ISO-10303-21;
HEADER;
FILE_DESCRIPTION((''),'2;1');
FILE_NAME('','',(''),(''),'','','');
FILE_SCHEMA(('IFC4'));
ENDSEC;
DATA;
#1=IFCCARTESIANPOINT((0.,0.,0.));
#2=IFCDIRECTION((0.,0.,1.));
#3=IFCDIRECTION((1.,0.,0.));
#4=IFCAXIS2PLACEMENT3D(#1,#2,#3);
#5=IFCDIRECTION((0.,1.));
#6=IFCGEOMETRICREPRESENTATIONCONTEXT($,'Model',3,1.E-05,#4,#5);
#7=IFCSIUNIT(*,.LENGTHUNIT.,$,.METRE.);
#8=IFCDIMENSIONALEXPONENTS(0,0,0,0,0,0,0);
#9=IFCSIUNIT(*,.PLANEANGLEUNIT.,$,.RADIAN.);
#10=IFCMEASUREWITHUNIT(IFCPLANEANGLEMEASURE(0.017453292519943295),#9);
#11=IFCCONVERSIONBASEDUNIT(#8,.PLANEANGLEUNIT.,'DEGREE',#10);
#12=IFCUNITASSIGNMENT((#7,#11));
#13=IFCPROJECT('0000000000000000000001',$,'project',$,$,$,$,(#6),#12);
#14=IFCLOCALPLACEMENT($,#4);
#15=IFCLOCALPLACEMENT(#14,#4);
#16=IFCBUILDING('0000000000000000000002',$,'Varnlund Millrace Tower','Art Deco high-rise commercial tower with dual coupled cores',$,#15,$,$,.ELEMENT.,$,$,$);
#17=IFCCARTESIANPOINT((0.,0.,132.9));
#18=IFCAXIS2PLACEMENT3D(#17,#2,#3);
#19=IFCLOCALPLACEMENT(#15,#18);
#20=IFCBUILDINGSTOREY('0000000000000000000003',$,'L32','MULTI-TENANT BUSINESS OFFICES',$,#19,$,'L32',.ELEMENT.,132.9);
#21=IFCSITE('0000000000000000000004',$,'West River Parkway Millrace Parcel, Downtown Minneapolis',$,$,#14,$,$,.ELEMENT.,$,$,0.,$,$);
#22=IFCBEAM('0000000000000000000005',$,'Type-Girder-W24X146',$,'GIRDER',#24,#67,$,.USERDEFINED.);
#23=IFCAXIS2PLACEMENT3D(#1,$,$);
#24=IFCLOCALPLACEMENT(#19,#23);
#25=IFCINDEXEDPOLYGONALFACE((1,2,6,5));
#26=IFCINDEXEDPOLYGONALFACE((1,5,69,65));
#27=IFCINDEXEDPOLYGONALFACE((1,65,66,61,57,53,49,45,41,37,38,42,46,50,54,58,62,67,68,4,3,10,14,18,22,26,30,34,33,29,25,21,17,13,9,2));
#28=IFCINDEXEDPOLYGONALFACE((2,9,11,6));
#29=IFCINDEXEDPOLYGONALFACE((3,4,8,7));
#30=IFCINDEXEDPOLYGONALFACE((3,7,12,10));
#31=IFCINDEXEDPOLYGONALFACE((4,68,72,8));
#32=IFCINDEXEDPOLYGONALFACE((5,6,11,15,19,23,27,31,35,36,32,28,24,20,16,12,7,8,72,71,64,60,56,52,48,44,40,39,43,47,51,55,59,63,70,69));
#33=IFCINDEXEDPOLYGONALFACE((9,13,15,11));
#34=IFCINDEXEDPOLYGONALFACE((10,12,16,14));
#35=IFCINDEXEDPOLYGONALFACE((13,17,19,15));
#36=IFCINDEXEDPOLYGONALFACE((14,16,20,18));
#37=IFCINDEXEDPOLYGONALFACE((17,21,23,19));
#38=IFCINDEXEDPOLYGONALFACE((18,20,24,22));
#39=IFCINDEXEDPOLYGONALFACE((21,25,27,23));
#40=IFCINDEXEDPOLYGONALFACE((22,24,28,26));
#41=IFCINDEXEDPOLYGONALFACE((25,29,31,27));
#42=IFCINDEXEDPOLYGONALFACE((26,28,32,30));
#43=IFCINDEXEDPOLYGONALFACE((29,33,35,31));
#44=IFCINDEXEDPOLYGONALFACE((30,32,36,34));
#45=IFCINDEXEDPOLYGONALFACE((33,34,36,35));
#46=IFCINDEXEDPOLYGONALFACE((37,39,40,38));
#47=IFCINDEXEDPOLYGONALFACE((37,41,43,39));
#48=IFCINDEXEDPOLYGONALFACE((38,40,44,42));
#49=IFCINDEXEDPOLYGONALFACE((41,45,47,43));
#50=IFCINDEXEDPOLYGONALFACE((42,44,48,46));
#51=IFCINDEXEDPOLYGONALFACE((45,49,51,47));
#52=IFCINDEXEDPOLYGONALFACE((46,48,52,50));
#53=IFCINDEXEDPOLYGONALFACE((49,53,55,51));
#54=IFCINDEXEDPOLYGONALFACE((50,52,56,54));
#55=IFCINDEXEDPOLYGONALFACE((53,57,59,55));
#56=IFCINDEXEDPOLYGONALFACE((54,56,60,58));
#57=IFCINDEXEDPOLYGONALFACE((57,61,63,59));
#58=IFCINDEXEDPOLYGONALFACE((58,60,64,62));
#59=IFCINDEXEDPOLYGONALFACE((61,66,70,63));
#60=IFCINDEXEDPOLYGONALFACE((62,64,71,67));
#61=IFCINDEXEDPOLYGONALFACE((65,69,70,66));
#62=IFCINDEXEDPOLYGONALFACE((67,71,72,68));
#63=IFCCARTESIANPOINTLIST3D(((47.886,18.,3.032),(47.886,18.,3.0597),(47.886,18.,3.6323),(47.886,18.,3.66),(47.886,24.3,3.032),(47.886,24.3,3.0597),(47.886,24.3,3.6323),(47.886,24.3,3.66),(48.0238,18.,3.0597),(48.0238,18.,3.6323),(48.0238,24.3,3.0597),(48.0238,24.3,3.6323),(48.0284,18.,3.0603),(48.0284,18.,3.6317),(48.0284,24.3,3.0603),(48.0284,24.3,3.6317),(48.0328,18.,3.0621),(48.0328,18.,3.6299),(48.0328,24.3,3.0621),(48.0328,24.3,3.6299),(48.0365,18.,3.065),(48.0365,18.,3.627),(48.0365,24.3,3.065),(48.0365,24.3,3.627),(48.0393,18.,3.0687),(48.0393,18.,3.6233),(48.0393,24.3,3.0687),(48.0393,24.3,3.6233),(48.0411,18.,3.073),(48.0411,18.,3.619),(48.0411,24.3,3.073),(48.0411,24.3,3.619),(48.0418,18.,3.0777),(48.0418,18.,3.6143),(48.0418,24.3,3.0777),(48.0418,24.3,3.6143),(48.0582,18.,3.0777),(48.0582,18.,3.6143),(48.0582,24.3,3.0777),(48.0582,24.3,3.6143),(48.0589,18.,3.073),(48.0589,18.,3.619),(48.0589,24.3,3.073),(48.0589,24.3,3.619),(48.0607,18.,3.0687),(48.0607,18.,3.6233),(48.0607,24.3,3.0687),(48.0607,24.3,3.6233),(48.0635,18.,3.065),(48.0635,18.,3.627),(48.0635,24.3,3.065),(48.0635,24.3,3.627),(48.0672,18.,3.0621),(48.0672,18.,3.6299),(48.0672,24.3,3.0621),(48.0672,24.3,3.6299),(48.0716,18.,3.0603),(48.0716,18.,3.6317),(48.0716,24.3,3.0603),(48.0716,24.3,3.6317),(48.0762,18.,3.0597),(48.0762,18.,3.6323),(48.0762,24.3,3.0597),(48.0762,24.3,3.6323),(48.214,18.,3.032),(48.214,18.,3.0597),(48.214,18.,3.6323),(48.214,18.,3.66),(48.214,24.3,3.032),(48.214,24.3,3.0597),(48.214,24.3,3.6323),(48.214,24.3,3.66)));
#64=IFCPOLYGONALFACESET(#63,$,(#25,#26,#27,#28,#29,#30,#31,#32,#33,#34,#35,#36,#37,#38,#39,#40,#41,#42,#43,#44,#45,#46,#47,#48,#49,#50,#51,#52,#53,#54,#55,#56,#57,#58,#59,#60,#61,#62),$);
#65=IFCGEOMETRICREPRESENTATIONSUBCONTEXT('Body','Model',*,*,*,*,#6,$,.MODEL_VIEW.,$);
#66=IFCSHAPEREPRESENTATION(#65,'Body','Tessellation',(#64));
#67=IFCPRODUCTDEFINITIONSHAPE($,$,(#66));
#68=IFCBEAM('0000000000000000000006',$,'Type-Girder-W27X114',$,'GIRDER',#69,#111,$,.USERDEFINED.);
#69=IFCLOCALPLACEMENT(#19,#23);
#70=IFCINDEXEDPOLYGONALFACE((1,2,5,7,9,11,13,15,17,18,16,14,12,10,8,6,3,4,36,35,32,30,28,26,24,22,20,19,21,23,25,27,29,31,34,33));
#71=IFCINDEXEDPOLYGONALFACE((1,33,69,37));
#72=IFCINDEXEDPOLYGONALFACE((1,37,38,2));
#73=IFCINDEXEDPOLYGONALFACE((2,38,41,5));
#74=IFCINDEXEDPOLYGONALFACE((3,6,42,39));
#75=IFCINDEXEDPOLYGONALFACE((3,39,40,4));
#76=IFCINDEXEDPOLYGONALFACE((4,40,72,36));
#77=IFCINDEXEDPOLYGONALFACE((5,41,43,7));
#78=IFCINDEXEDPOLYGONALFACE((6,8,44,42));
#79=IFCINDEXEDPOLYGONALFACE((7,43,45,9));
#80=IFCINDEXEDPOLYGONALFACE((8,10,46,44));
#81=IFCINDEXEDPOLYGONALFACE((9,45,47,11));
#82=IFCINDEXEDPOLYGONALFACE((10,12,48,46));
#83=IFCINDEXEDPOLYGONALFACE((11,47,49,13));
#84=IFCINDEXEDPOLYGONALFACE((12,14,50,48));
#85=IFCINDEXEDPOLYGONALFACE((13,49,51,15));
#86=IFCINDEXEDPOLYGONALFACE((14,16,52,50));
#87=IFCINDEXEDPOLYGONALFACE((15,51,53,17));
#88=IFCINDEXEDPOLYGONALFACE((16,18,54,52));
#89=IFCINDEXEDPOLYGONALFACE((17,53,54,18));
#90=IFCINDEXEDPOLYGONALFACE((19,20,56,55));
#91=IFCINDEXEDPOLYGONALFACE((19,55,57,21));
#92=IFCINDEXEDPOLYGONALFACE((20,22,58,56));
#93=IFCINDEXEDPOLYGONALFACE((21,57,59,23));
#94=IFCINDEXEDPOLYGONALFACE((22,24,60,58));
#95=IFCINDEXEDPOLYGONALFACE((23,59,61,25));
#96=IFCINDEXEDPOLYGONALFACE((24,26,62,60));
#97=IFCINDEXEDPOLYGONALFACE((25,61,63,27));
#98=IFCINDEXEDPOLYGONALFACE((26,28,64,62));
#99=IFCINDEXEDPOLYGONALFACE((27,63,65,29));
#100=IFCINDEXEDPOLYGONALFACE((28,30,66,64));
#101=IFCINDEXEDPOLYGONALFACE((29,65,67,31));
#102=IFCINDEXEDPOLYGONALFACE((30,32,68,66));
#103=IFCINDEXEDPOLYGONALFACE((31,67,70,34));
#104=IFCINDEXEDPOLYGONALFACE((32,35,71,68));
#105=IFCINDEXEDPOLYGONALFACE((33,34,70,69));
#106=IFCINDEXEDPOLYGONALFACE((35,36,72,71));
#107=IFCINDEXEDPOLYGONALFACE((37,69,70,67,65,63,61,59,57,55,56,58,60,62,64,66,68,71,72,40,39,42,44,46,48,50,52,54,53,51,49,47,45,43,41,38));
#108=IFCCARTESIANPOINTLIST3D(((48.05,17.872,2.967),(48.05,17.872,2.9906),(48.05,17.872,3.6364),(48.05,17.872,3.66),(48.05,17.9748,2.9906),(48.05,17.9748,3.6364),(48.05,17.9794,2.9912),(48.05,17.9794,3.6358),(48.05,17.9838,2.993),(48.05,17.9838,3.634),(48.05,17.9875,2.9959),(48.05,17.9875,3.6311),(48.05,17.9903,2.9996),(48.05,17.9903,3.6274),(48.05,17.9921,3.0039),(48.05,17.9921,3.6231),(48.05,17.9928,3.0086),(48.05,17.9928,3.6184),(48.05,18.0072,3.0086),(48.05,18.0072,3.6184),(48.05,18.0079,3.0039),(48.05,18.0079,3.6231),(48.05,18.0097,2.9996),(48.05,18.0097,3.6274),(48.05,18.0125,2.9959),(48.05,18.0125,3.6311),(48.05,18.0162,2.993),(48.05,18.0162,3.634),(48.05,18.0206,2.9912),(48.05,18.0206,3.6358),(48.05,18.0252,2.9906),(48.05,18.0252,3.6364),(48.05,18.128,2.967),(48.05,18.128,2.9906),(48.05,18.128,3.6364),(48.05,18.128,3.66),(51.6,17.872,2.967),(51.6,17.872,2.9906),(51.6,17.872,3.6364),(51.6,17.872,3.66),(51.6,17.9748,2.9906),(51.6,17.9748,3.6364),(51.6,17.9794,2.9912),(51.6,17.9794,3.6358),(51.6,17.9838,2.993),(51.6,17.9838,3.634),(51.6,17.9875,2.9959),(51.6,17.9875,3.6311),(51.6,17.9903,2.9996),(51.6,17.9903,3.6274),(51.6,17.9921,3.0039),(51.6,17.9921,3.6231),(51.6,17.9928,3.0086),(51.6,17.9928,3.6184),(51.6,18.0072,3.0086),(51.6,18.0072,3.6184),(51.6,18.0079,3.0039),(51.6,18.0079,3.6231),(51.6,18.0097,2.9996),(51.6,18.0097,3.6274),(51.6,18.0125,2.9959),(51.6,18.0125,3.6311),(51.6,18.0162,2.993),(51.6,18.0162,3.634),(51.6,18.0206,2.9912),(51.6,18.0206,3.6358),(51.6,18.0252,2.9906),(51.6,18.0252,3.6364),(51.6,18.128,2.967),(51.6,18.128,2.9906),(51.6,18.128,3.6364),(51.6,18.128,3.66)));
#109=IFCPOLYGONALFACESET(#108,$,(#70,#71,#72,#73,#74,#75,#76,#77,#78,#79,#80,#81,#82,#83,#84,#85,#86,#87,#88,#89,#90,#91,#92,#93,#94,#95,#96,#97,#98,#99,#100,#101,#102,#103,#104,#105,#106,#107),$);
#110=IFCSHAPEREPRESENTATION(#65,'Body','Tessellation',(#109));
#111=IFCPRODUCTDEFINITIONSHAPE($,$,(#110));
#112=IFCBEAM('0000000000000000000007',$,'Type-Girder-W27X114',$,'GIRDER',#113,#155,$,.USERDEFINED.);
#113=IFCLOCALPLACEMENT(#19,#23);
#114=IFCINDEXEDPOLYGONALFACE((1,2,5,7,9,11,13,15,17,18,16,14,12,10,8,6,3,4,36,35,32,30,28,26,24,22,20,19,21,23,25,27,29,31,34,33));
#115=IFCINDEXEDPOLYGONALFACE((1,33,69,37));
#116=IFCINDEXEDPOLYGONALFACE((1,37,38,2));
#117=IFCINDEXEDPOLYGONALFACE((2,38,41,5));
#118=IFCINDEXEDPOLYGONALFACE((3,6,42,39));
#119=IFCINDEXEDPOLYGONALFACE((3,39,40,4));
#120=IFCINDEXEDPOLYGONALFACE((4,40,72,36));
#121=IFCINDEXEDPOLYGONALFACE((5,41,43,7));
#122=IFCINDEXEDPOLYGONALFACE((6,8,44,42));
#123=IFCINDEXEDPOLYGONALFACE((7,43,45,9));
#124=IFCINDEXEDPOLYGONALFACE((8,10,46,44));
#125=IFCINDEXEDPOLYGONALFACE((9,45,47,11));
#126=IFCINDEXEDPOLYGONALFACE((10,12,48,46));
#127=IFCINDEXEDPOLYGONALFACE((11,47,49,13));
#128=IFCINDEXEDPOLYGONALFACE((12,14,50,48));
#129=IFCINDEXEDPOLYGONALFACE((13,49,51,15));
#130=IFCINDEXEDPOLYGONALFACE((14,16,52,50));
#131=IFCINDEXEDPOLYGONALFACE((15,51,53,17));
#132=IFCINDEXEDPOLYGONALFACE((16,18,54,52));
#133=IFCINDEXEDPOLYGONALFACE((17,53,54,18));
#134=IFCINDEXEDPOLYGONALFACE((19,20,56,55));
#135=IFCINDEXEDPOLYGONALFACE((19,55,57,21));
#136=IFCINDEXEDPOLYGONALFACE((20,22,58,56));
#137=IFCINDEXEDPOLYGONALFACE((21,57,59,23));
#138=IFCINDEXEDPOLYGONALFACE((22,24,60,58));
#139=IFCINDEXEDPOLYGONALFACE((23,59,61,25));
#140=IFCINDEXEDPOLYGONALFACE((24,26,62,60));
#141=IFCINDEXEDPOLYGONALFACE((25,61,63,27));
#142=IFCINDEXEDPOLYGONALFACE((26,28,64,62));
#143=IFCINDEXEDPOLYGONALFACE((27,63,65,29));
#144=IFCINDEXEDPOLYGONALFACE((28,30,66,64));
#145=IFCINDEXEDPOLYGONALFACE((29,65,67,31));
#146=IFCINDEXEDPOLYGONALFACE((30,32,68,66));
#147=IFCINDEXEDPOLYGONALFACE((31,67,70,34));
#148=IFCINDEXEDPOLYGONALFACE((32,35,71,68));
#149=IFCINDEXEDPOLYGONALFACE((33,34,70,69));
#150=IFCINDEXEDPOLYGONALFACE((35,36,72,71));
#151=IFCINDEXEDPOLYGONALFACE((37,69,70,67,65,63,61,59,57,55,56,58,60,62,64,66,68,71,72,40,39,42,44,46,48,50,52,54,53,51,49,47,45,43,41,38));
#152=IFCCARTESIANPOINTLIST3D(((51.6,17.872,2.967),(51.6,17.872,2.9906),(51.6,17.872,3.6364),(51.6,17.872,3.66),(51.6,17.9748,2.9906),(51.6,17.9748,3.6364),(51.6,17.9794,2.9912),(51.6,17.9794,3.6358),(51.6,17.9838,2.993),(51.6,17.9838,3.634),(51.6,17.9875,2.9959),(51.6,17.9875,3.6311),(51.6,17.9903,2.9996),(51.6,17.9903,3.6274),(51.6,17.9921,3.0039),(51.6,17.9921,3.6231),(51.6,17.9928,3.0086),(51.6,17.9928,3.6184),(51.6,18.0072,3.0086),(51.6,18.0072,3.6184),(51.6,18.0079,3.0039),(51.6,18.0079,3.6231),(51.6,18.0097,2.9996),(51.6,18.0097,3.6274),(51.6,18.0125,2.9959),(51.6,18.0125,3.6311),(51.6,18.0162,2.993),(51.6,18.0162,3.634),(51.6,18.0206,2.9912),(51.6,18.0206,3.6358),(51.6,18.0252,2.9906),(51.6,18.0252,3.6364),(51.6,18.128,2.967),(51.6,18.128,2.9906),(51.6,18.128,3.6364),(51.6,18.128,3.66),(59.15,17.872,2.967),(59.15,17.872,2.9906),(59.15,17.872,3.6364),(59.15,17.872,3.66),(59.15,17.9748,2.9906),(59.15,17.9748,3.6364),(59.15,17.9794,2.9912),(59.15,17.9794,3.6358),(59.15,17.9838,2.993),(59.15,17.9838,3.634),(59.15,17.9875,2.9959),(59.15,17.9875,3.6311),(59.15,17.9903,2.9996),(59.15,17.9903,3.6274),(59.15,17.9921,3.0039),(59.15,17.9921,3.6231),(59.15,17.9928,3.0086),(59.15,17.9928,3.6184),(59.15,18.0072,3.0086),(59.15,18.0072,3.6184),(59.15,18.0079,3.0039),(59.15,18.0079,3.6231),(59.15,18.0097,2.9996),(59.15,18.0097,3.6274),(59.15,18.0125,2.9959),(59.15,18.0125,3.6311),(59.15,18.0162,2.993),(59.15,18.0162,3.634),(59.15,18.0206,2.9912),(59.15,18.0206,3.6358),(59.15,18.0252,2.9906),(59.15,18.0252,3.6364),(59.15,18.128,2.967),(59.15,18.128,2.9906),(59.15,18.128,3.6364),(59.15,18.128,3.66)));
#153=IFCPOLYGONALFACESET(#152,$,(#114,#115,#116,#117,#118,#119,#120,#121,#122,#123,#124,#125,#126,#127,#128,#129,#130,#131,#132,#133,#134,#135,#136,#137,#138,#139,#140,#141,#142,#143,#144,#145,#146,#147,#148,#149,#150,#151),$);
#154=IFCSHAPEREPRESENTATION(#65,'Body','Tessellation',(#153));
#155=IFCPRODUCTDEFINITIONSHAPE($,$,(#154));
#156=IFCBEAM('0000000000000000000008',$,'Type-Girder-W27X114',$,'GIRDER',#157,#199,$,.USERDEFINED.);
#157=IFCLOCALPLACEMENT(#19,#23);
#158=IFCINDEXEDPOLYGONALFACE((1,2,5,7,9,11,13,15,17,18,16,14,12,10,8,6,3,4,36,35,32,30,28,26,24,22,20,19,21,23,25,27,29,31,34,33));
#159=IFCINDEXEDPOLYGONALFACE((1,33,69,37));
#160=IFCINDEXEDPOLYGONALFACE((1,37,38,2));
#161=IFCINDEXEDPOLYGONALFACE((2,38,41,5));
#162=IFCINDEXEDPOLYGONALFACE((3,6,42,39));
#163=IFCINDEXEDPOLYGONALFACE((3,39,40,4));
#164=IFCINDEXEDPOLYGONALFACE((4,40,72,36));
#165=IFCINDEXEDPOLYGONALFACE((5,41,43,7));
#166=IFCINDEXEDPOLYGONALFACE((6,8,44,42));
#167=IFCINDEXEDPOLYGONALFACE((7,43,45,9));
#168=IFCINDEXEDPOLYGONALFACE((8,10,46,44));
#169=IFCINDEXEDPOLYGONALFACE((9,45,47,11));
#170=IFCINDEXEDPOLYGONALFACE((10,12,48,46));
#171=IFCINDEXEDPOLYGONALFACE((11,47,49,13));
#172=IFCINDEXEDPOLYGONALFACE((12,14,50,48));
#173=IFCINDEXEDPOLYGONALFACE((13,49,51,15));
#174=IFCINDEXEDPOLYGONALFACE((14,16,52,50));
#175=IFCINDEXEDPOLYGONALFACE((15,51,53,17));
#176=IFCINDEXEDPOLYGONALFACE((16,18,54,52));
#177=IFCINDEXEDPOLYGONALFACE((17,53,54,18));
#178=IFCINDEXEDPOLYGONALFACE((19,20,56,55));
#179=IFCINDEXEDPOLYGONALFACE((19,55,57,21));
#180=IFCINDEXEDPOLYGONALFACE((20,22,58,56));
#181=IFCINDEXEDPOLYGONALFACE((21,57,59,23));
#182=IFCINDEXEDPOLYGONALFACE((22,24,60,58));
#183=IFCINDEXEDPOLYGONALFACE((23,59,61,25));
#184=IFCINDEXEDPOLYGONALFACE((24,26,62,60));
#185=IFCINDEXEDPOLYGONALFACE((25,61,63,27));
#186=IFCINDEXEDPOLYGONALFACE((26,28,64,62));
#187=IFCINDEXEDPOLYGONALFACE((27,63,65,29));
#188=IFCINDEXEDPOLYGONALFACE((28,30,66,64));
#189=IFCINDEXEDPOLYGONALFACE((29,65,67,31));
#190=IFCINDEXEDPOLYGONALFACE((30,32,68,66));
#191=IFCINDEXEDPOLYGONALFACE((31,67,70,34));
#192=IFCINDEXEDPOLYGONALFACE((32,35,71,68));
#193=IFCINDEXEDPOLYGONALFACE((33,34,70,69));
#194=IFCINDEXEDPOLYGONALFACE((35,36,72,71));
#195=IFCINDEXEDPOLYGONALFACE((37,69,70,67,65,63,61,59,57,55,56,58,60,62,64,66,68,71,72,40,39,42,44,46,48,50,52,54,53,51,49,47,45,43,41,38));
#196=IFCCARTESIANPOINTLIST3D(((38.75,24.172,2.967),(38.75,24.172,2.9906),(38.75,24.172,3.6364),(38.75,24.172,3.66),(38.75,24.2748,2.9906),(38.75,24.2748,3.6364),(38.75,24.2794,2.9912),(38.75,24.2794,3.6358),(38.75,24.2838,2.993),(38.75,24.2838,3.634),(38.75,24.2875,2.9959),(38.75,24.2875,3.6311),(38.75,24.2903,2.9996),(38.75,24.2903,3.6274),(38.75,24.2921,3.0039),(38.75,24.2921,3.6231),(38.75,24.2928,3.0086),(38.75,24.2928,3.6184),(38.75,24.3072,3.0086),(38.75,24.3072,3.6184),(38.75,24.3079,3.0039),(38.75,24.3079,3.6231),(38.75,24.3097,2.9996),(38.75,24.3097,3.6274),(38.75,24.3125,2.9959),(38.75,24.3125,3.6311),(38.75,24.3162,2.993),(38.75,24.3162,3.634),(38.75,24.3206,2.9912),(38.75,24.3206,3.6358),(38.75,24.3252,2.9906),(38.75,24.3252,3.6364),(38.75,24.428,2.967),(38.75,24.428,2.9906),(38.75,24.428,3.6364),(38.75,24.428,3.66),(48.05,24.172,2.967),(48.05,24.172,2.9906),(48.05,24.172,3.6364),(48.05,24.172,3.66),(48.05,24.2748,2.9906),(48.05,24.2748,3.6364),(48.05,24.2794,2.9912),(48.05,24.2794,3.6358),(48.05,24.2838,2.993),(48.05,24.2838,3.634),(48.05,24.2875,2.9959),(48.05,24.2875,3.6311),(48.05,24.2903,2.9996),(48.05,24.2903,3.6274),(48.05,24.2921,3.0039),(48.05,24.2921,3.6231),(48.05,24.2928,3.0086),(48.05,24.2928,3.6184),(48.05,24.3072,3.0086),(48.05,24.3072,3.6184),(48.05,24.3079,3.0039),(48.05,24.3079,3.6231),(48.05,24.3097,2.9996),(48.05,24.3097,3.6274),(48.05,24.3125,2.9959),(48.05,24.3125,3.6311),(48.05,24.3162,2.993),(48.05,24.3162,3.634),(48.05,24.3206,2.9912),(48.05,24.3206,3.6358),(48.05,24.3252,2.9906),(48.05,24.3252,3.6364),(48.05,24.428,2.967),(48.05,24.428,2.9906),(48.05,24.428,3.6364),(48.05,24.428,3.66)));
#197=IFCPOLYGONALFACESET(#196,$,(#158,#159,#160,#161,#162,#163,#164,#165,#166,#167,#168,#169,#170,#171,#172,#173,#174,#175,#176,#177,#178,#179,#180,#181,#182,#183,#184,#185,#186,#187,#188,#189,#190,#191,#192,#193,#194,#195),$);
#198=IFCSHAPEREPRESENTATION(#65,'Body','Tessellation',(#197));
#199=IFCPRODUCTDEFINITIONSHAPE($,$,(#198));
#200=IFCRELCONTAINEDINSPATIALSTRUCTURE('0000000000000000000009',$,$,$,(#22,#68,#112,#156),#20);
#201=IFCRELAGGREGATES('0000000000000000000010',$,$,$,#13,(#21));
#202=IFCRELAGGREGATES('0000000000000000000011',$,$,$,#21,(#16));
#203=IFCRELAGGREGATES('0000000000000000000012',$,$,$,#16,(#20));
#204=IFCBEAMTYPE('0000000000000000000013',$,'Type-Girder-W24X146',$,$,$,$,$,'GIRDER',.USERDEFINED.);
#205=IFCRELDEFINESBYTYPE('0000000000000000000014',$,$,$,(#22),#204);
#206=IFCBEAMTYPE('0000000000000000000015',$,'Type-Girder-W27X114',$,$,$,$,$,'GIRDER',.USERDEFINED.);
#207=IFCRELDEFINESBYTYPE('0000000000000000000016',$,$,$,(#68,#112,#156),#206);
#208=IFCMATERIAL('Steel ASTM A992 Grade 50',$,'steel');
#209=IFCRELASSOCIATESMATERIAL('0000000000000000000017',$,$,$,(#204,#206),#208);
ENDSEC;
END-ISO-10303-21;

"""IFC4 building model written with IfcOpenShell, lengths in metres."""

from ifc_helpers import new_model, entity, si_unit, converted_unit, direction, frame, origin_with_axes, origin_2d_with_axis, place, context, subcontext, project, spatial, i_section, extrude, material, material_profile, profile_set, type_object, element, save


model = new_model("IFC4")

# Units and contexts
model_context = context("Model", 3, precision=1e-05, world=origin_with_axes(), true_north=direction((0.0, 1.0)))
body_context = subcontext(model_context, "Body", "Model", "MODEL_VIEW")
ifc_project = project(units=[si_unit("LENGTHUNIT", "METRE"), converted_unit("PLANEANGLEUNIT", "DEGREE", entity("IfcPlaneAngleMeasure", 0.017453292519943295), si_unit("PLANEANGLEUNIT", "RADIAN"), dimensions=[0, 0, 0, 0, 0, 0, 0])], contexts=[model_context])

# Site, building, storey
site_placement = place(None, origin_with_axes())
site = spatial("IfcSite", under=ifc_project, at=site_placement, Name="West River Parkway Millrace Parcel, Downtown Minneapolis", CompositionType="ELEMENT", RefElevation=0.0)
building_placement = place(site_placement, origin_with_axes())
building = spatial("IfcBuilding", under=site, at=building_placement, Name="Varnlund Millrace Tower", Description="Art Deco high-rise commercial tower with dual coupled cores", CompositionType="ELEMENT")
storey_placement = place(building_placement, frame((0.0, 0.0, 132.9), z_axis=(0.0, 0.0, 1.0), x_axis=(1.0, 0.0, 0.0)))
storey = spatial("IfcBuildingStorey", under=building, at=storey_placement, Name="L32", Description="MULTI-TENANT BUSINESS OFFICES", LongName="L32", CompositionType="ELEMENT", Elevation=132.9)

# Beams
ifc_material_1 = material(Name="Steel ASTM A992 Grade 50", Category="steel")
ifc_material_profile_1 = material_profile(ifc_material_1, i_section(OverallWidth=0.328, OverallDepth=0.628, WebThickness=0.0165, FlangeThickness=0.0277, FilletRadius=0.018, at=origin_2d_with_axis()), Name="Steel ASTM A992 Grade 50")
ifc_profile_set_1 = profile_set([ifc_material_profile_1], Name="Steel ASTM A992 Grade 50")
beam_type_1 = type_object("IfcBeamType", Name="Type-Girder-W24X146", ElementType="GIRDER", PredefinedType="USERDEFINED", material=ifc_profile_set_1)
beam_1_placement = place(storey_placement, frame((48.05, 18.0, 3.346), z_axis=(0.0, 1.0, 0.0), x_axis=(-1.0, 0.0, 0.0)))
element("IfcBeam", 1, at=beam_1_placement, inside=storey, type_object=beam_type_1, Name="Type-Girder-W24X146", ObjectType="GIRDER", PredefinedType="USERDEFINED", context=body_context, shape_type="SweptSolid", body=[
    extrude(i_section(OverallWidth=0.328, OverallDepth=0.628, WebThickness=0.0165, FlangeThickness=0.0277, FilletRadius=0.018, at=origin_2d_with_axis()), origin_with_axes(), (0.0, 0.0, 1.0), 6.3),
])
ifc_material_profile_2 = material_profile(ifc_material_1, i_section(OverallWidth=0.256, OverallDepth=0.693, WebThickness=0.0145, FlangeThickness=0.0236, FilletRadius=0.018, at=origin_2d_with_axis()), Name="Steel ASTM A992 Grade 50")
ifc_profile_set_2 = profile_set([ifc_material_profile_2], Name="Steel ASTM A992 Grade 50")
beam_type_2 = type_object("IfcBeamType", Name="Type-Girder-W27X114", ElementType="GIRDER", PredefinedType="USERDEFINED", material=ifc_profile_set_2)
beam_2_placement = place(storey_placement, frame((48.05, 18.0, 3.3135), z_axis=(1.0, 0.0, 0.0), x_axis=(0.0, 1.0, 0.0)))
element("IfcBeam", 2, at=beam_2_placement, inside=storey, type_object=beam_type_2, Name="Type-Girder-W27X114", ObjectType="GIRDER", PredefinedType="USERDEFINED", context=body_context, shape_type="SweptSolid", body=[
    extrude(i_section(OverallWidth=0.256, OverallDepth=0.693, WebThickness=0.0145, FlangeThickness=0.0236, FilletRadius=0.018, at=origin_2d_with_axis()), origin_with_axes(), (0.0, 0.0, 1.0), 3.55),
])
beam_3_placement = place(storey_placement, frame((51.6, 18.0, 3.3135), z_axis=(1.0, 0.0, 0.0), x_axis=(0.0, 1.0, 0.0)))
element("IfcBeam", 3, at=beam_3_placement, inside=storey, type_object=beam_type_2, Name="Type-Girder-W27X114", ObjectType="GIRDER", PredefinedType="USERDEFINED", context=body_context, shape_type="SweptSolid", body=[
    extrude(i_section(OverallWidth=0.256, OverallDepth=0.693, WebThickness=0.0145, FlangeThickness=0.0236, FilletRadius=0.018, at=origin_2d_with_axis()), origin_with_axes(), (0.0, 0.0, 1.0), 7.55),
])
beam_4_placement = place(storey_placement, frame((38.75, 24.3, 3.3135), z_axis=(1.0, 0.0, 0.0), x_axis=(0.0, 1.0, 0.0)))
element("IfcBeam", 4, at=beam_4_placement, inside=storey, type_object=beam_type_2, Name="Type-Girder-W27X114", ObjectType="GIRDER", PredefinedType="USERDEFINED", context=body_context, shape_type="SweptSolid", body=[
    extrude(i_section(OverallWidth=0.256, OverallDepth=0.693, WebThickness=0.0145, FlangeThickness=0.0236, FilletRadius=0.018, at=origin_2d_with_axis()), origin_with_axes(), (0.0, 0.0, 1.0), 9.3),
])

save(model, "model.ifc")
